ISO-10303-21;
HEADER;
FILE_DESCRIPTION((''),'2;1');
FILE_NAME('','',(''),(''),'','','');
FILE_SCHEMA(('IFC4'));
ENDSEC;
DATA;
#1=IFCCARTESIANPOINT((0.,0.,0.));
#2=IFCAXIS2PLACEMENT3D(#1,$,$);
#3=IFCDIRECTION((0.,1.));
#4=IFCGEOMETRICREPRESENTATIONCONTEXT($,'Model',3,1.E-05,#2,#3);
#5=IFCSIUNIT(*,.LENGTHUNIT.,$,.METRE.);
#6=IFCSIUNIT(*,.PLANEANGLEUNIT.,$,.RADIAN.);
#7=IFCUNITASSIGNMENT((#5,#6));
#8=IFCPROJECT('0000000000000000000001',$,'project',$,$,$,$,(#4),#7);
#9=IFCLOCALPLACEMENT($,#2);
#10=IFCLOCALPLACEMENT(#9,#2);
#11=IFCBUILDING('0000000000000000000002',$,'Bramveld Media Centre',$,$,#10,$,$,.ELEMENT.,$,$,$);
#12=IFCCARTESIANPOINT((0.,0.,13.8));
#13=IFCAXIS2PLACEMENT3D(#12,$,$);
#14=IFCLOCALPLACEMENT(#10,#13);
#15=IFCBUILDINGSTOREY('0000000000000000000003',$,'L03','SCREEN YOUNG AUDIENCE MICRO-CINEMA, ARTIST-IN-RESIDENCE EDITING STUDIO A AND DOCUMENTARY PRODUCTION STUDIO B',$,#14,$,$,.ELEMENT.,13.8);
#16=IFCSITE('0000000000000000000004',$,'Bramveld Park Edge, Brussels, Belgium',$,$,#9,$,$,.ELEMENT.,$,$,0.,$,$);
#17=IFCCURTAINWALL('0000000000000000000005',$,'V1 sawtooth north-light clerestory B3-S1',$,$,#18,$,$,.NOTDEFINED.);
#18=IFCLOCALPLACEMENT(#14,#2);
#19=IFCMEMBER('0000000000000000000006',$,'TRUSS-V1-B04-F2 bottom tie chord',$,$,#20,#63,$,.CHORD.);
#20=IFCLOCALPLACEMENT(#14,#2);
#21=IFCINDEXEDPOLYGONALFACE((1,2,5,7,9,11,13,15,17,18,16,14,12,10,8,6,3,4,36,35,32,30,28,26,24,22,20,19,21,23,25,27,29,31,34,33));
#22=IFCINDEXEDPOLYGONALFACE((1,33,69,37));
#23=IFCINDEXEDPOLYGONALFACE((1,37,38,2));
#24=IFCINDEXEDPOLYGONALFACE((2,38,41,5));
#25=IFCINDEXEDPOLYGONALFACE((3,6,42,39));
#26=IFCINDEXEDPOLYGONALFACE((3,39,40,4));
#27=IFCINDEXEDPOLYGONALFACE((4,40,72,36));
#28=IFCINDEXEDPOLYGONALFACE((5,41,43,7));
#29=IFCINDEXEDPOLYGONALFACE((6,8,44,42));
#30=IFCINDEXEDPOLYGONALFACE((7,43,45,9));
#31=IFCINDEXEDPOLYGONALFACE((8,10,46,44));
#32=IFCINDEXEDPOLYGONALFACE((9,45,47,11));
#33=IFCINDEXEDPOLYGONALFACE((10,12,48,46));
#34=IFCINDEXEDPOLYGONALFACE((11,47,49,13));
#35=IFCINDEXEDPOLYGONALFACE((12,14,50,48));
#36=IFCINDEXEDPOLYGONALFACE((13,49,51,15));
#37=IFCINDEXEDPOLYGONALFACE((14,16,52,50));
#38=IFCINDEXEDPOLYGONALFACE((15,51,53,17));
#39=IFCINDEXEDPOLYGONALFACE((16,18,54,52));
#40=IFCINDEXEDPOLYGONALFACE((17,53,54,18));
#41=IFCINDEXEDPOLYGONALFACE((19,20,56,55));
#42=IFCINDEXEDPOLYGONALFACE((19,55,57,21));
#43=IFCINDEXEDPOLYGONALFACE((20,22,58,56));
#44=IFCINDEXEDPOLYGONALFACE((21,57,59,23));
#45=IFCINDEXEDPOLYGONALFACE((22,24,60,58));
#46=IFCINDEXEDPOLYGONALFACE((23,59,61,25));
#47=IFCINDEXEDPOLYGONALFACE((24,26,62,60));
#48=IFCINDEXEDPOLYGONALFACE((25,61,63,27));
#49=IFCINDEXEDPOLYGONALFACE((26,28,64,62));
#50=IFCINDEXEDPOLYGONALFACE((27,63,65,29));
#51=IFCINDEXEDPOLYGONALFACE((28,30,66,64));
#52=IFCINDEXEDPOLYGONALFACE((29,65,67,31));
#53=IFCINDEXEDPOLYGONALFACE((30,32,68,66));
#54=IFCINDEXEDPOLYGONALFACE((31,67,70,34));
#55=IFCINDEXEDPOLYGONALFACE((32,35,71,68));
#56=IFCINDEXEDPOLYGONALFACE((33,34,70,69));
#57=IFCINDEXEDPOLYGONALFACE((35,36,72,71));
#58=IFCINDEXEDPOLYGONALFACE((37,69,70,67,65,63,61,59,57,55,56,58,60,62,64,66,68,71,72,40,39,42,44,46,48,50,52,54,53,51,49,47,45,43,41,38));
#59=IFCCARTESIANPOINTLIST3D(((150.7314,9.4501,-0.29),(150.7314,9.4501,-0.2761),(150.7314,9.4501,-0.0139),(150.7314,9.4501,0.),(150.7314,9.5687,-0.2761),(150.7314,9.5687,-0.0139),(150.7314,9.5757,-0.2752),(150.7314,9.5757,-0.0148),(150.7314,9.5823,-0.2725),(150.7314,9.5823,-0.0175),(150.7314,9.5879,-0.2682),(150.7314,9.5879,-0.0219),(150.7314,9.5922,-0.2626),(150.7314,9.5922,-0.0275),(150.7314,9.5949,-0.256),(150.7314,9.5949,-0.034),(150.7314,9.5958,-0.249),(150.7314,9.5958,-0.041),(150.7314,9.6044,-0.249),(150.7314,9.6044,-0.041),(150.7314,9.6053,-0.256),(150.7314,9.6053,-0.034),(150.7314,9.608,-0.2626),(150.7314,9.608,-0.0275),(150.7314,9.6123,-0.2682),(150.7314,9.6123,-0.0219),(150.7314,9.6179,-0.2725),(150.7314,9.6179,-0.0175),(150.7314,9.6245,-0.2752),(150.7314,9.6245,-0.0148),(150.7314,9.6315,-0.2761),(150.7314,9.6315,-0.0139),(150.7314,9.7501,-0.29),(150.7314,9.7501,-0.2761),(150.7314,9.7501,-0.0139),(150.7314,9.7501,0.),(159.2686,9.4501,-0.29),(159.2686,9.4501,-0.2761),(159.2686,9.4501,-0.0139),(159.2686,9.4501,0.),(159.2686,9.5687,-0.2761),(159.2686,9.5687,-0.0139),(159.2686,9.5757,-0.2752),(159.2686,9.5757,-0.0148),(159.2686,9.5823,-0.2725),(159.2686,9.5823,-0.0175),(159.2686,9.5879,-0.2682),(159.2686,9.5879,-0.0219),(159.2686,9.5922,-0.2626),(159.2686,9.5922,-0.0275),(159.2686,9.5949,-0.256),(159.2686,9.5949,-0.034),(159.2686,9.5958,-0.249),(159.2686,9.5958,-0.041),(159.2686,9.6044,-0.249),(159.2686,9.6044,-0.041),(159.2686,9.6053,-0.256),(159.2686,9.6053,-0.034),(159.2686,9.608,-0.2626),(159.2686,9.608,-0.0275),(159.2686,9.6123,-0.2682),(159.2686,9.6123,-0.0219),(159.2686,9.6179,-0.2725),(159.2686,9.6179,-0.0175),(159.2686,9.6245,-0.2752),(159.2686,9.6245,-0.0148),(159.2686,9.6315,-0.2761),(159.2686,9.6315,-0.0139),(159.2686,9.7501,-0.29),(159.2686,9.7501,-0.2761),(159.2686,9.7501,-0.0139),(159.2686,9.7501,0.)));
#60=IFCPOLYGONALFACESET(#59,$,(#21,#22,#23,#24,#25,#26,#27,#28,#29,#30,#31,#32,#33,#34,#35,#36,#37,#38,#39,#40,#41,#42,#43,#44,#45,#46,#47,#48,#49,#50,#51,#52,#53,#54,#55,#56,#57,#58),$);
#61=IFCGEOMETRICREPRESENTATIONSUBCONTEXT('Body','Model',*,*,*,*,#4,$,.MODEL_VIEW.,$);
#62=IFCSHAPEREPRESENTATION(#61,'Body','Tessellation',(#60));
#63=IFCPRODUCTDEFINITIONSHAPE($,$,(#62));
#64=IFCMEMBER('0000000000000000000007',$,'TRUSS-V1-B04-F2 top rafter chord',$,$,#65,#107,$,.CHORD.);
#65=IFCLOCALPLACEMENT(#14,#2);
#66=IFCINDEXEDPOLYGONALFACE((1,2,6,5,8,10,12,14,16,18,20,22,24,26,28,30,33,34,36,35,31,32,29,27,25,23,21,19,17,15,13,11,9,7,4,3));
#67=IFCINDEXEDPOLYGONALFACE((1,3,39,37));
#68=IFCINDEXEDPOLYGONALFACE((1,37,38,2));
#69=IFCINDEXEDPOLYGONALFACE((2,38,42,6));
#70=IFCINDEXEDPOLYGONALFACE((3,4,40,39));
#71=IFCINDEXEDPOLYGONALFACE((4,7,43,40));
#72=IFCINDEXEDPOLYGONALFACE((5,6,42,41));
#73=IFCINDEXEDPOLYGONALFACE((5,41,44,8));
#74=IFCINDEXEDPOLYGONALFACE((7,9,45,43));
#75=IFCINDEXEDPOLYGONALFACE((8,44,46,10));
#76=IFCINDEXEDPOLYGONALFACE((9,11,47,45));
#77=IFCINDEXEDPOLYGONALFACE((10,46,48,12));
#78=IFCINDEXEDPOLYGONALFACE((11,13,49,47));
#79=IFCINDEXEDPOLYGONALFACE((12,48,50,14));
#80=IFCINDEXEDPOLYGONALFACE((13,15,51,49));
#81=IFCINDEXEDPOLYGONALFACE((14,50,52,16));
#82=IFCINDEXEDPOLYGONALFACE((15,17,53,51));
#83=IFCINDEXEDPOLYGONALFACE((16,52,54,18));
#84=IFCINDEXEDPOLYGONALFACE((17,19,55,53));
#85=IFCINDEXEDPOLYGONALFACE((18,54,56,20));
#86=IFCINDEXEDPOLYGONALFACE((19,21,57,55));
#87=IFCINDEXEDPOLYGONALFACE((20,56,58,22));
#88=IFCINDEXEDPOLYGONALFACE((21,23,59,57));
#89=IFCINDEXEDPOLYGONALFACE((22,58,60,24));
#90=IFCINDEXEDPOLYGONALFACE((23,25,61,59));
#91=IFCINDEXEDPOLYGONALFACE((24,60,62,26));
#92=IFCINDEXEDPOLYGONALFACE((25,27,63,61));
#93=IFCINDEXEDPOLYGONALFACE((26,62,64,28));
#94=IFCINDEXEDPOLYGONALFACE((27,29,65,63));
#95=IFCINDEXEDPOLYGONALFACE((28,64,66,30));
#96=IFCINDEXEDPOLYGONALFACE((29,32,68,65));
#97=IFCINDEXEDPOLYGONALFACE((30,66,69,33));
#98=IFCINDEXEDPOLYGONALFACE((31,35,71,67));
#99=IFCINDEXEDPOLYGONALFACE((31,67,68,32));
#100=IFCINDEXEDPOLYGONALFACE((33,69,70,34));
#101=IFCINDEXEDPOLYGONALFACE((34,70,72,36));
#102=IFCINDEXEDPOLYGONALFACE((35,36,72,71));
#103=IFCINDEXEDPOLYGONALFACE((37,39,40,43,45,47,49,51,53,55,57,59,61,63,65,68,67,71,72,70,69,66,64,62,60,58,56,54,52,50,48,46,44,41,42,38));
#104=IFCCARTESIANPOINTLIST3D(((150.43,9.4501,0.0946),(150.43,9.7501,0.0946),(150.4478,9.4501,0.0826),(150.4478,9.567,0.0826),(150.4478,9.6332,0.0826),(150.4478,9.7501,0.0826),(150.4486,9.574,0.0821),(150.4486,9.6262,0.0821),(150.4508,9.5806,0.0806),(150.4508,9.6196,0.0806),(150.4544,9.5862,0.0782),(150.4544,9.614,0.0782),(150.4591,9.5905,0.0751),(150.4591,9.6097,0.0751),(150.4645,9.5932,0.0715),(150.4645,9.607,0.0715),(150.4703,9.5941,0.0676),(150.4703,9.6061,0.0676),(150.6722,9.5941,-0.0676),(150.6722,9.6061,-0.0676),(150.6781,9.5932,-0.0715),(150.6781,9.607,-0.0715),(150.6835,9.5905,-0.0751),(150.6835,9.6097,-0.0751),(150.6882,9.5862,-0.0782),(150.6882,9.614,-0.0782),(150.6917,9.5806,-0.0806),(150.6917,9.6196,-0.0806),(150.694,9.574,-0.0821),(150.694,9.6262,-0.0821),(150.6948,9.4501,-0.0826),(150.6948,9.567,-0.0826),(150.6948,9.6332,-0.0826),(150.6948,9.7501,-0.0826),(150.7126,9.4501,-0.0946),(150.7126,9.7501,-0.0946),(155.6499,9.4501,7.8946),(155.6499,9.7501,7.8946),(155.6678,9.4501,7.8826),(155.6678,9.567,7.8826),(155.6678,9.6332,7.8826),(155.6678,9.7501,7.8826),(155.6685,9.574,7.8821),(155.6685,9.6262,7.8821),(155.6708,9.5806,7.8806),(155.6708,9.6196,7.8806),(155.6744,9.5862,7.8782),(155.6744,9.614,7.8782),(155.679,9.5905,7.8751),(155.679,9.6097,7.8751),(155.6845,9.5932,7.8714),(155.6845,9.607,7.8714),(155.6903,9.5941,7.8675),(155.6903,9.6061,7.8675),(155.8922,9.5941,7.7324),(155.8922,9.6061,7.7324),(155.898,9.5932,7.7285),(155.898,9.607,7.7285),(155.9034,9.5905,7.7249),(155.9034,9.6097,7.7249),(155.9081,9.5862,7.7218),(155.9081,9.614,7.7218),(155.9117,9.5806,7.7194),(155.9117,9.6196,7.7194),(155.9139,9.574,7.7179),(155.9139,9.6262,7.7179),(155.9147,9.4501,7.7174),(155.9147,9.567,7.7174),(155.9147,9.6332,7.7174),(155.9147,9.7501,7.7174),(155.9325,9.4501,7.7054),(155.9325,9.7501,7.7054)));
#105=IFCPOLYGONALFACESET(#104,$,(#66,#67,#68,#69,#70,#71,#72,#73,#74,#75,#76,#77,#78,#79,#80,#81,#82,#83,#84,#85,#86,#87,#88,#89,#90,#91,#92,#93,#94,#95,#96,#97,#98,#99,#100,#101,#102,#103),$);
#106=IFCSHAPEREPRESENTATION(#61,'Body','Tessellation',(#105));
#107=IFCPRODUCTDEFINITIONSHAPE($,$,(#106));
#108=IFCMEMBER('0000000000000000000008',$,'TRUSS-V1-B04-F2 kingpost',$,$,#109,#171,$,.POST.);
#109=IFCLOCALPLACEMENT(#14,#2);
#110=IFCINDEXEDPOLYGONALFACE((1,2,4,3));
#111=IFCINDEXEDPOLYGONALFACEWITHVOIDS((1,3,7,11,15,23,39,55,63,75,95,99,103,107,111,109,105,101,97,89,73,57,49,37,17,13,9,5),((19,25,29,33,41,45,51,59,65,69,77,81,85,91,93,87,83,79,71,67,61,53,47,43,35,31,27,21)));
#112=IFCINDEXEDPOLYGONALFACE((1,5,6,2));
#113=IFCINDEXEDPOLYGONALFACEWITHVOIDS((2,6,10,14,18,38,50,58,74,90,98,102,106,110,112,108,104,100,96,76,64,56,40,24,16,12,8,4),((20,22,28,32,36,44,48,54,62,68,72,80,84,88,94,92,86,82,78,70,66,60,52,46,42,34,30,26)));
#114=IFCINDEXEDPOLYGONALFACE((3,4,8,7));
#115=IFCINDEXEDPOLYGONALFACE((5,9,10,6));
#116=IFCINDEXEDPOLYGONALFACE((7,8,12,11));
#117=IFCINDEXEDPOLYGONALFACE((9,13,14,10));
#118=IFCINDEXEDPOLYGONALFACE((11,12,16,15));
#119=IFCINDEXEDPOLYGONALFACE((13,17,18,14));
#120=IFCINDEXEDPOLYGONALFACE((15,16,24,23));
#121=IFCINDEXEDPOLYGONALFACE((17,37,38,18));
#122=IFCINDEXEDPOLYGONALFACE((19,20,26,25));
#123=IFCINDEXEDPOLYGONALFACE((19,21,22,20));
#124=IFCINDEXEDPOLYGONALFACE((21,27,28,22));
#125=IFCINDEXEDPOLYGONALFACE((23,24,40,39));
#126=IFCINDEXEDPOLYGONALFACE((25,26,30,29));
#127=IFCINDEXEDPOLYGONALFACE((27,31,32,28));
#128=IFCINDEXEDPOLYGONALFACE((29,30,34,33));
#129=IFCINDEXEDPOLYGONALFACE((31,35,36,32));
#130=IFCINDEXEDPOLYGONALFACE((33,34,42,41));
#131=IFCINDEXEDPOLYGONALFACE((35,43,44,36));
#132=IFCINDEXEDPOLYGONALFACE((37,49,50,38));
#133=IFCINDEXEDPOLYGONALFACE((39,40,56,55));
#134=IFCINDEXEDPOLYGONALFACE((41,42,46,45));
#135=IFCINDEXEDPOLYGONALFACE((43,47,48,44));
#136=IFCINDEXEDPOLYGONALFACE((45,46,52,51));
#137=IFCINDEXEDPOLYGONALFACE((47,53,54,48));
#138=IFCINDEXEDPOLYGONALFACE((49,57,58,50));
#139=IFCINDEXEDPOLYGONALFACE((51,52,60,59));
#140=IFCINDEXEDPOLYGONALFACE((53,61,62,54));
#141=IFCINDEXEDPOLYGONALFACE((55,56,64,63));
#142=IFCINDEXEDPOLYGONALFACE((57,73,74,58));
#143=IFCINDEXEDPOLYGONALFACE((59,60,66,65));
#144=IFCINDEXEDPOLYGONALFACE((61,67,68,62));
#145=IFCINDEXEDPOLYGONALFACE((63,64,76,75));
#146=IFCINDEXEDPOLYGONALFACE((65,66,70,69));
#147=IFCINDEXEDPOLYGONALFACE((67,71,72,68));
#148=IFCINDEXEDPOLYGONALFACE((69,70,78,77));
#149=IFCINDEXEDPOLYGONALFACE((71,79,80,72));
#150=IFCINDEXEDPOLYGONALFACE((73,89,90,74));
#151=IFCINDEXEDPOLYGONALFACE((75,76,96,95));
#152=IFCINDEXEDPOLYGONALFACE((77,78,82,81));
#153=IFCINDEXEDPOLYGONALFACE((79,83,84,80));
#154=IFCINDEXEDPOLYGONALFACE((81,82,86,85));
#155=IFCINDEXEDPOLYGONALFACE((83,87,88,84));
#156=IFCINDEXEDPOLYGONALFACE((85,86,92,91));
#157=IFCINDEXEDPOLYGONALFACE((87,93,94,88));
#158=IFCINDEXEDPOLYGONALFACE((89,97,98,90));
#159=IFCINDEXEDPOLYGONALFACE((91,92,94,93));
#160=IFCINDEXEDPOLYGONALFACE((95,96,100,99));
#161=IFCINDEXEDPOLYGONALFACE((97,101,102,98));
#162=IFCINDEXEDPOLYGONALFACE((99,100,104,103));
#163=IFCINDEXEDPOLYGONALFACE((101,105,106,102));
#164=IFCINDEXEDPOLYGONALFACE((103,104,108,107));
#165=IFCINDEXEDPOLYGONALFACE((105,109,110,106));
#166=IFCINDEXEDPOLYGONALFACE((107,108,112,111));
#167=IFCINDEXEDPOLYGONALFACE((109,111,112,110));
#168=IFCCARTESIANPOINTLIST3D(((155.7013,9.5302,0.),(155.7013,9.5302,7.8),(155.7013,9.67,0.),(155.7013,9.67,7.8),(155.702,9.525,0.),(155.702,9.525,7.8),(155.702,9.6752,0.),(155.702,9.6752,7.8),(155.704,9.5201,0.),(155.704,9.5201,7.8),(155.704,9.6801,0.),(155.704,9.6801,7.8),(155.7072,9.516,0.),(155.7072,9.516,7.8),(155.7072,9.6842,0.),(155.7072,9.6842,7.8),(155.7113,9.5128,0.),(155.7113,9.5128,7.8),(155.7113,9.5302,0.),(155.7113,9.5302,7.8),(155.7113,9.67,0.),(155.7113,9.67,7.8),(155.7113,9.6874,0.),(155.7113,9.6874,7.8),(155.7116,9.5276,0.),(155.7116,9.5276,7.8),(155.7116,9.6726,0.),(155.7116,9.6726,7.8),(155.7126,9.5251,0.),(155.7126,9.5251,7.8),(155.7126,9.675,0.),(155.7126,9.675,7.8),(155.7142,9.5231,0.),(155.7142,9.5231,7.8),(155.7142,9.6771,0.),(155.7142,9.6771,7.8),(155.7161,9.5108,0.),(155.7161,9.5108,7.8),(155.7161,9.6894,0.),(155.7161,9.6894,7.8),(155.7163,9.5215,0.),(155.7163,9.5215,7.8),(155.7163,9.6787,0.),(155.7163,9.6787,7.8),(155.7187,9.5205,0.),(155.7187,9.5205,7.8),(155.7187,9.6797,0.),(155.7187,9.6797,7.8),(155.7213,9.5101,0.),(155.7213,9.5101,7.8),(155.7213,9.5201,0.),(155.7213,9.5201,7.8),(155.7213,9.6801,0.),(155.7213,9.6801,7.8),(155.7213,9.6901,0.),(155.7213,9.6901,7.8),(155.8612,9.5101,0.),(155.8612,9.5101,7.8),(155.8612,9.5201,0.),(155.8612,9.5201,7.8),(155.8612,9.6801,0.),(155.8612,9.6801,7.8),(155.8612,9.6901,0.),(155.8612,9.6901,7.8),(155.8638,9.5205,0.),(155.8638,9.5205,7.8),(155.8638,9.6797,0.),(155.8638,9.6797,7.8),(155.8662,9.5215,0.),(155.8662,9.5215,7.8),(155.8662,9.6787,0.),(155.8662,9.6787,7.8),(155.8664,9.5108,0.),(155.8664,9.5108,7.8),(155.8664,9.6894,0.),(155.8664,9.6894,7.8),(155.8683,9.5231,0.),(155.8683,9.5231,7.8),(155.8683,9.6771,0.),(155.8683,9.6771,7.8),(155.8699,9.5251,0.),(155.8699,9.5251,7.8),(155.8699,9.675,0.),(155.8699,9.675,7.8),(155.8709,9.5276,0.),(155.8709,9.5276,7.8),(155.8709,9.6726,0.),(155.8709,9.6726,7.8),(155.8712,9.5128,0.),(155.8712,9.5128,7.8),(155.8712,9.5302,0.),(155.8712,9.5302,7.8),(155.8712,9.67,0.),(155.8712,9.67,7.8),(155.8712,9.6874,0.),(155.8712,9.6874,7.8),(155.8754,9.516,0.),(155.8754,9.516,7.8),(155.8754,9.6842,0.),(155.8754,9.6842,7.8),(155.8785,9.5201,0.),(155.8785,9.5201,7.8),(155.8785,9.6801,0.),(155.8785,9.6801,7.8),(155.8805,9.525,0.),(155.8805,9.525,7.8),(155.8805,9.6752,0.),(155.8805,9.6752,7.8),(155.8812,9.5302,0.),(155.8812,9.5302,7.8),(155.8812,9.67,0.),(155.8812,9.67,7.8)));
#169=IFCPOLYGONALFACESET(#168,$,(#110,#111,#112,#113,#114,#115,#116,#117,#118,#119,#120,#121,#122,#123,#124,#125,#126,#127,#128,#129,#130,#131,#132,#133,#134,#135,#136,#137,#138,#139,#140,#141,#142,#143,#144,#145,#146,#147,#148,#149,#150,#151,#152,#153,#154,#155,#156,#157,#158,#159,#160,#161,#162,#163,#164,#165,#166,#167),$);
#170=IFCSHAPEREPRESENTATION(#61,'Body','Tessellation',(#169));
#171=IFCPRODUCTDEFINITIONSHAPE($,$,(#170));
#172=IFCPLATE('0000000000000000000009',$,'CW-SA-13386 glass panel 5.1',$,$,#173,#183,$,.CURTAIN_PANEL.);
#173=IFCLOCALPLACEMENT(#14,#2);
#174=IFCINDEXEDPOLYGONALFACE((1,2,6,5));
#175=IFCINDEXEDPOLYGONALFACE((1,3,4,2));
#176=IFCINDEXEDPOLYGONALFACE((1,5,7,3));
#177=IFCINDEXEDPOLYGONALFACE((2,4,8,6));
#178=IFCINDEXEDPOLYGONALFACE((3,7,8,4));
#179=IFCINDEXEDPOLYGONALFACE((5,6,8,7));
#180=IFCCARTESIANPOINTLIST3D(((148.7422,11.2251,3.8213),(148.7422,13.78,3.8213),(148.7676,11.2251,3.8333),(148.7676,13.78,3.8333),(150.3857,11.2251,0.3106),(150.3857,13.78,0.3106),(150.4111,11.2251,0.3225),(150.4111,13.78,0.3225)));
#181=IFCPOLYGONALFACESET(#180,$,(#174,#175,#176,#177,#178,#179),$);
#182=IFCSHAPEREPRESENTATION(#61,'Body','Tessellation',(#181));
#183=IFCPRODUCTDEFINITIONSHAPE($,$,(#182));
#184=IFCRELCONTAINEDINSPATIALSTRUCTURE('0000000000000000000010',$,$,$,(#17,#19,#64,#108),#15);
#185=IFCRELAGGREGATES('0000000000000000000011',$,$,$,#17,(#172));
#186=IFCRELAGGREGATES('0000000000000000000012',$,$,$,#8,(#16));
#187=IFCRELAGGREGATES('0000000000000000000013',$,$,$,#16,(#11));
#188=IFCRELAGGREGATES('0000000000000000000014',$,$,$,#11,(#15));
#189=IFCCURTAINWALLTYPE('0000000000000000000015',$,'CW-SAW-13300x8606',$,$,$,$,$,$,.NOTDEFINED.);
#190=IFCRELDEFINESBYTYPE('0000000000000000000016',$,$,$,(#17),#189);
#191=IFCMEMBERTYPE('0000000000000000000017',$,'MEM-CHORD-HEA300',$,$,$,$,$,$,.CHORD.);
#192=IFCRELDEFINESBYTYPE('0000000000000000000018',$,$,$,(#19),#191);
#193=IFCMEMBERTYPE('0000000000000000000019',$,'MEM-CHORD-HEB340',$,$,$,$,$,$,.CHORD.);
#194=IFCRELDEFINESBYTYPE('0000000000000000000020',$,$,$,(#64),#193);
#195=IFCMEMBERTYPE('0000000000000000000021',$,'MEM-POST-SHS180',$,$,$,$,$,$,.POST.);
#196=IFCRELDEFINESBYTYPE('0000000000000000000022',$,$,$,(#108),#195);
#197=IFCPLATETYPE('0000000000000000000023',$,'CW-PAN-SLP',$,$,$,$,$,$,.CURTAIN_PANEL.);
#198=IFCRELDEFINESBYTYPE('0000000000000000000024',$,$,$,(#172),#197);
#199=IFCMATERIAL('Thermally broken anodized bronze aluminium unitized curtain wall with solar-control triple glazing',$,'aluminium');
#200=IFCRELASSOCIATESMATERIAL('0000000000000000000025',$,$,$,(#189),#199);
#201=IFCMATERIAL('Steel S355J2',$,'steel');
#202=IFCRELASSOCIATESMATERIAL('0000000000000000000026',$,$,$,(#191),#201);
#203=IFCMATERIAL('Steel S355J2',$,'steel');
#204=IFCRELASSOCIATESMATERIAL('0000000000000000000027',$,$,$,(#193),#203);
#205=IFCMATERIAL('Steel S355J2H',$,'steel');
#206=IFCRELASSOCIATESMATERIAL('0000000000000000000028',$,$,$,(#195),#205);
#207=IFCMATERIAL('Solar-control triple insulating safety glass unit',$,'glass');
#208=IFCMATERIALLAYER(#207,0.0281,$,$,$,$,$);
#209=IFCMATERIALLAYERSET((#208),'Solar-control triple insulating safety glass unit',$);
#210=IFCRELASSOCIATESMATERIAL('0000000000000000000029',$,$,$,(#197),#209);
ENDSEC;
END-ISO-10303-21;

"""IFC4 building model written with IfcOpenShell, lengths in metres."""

from ifc_helpers import new_model, si_unit, direction, frame, origin, origin_2d, place, context, subcontext, project, spatial, polyline, hollow_rectangle, i_section, outline, extrude, material, layer, layer_set, material_profile, profile_set, type_object, element, aggregate, save


model = new_model("IFC4")

# Units and contexts
model_context = context("Model", 3, precision=1e-05, world=origin(), true_north=direction((0.0, 1.0)))
body_context = subcontext(model_context, "Body", "Model", "MODEL_VIEW")
ifc_project = project(units=[si_unit("LENGTHUNIT", "METRE"), si_unit("PLANEANGLEUNIT", "RADIAN")], contexts=[model_context])

# Site, building, storey
site_placement = place(None, origin())
site = spatial("IfcSite", under=ifc_project, at=site_placement, Name="Bramveld Park Edge, Brussels, Belgium", CompositionType="ELEMENT", RefElevation=0.0)
building_placement = place(site_placement, origin())
building = spatial("IfcBuilding", under=site, at=building_placement, Name="Bramveld Media Centre", CompositionType="ELEMENT")
storey_placement = place(building_placement, frame((0.0, 0.0, 13.8)))
storey = spatial("IfcBuildingStorey", under=building, at=storey_placement, Name="L03", Description="SCREEN YOUNG AUDIENCE MICRO-CINEMA, ARTIST-IN-RESIDENCE EDITING STUDIO A AND DOCUMENTARY PRODUCTION STUDIO B", CompositionType="ELEMENT", Elevation=13.8)

# Curtain wall
ifc_material_1 = material(Name="Thermally broken anodized bronze aluminium unitized curtain wall with solar-control triple glazing", Category="aluminium")
curtain_wall_type = type_object("IfcCurtainWallType", Name="CW-SAW-13300x8606", PredefinedType="NOTDEFINED", material=ifc_material_1)
curtain_wall_1_placement = place(storey_placement, origin())
curtain_wall_1 = element("IfcCurtainWall", 1, at=curtain_wall_1_placement, inside=storey, type_object=curtain_wall_type, Name="V1 sawtooth north-light clerestory B3-S1", PredefinedType="NOTDEFINED")

# Members
ifc_material_2 = material(Name="Steel S355J2", Category="steel")
ifc_material_profile_1 = material_profile(ifc_material_2, i_section(OverallWidth=0.3, OverallDepth=0.29, WebThickness=0.0085, FlangeThickness=0.0139, FilletRadius=0.0271, at=origin_2d()), Name="HEA 300")
ifc_profile_set_1 = profile_set([ifc_material_profile_1], Name="Steel S355J2")
member_type_1 = type_object("IfcMemberType", Name="MEM-CHORD-HEA300", PredefinedType="CHORD", material=ifc_profile_set_1)
member_1_placement = place(storey_placement, frame((150.7314, 9.6001, -0.145), z_axis=(1.0, 0.0, 0.0), x_axis=(0.0, 1.0, 0.0)))
element("IfcMember", 2, at=member_1_placement, inside=storey, type_object=member_type_1, Name="TRUSS-V1-B04-F2 bottom tie chord", PredefinedType="CHORD", context=body_context, shape_type="SweptSolid", body=[
    extrude(i_section(OverallWidth=0.3, OverallDepth=0.29, WebThickness=0.0085, FlangeThickness=0.0139, FilletRadius=0.0271, at=origin_2d()), origin(), (0.0, 0.0, 1.0), 8.5371),
])
ifc_material_3 = material(Name="Steel S355J2", Category="steel")
ifc_material_profile_2 = material_profile(ifc_material_3, i_section(OverallWidth=0.3, OverallDepth=0.3401, WebThickness=0.012, FlangeThickness=0.0215, FilletRadius=0.0271, at=origin_2d()), Name="HEB 340")
ifc_profile_set_2 = profile_set([ifc_material_profile_2], Name="Steel S355J2")
member_type_2 = type_object("IfcMemberType", Name="MEM-CHORD-HEB340", PredefinedType="CHORD", material=ifc_profile_set_2)
member_2_placement = place(storey_placement, frame((150.5713, 9.6001, 0.0), z_axis=(0.55617, 0.0, 0.831069), x_axis=(0.0, 1.0, 0.0)))
element("IfcMember", 3, at=member_2_placement, inside=storey, type_object=member_type_2, Name="TRUSS-V1-B04-F2 top rafter chord", PredefinedType="CHORD", context=body_context, shape_type="SweptSolid", body=[
    extrude(i_section(OverallWidth=0.3, OverallDepth=0.3401, WebThickness=0.012, FlangeThickness=0.0215, FilletRadius=0.0271, at=origin_2d()), origin(), (0.0, 0.0, 1.0), 9.3855),
])
ifc_material_4 = material(Name="Steel S355J2H", Category="steel")
ifc_material_profile_3 = material_profile(ifc_material_4, hollow_rectangle(XDim=0.1799, YDim=0.1799, WallThickness=0.01, InnerFilletRadius=0.01, OuterFilletRadius=0.02, at=origin_2d()), Name="SHS 180x180x10")
ifc_profile_set_3 = profile_set([ifc_material_profile_3], Name="Steel S355J2H")
member_type_3 = type_object("IfcMemberType", Name="MEM-POST-SHS180", PredefinedType="POST", material=ifc_profile_set_3)
member_3_placement = place(storey_placement, frame((155.7913, 9.6001, 0.0), z_axis=(0.0, 0.0, 1.0), x_axis=(1.0, 0.0, 0.0)))
element("IfcMember", 4, at=member_3_placement, inside=storey, type_object=member_type_3, Name="TRUSS-V1-B04-F2 kingpost", PredefinedType="POST", context=body_context, shape_type="SweptSolid", body=[
    extrude(hollow_rectangle(XDim=0.1799, YDim=0.1799, WallThickness=0.01, InnerFilletRadius=0.01, OuterFilletRadius=0.02, at=origin_2d()), origin(), (0.0, 0.0, 1.0), 7.8),
])

# Plate
ifc_material_5 = material(Name="Solar-control triple insulating safety glass unit", Category="glass")
ifc_layer_1 = layer(ifc_material_5, 0.0281)
ifc_layer_set_1 = layer_set([ifc_layer_1], Name="Solar-control triple insulating safety glass unit")
plate_type_1 = type_object("IfcPlateType", Name="CW-PAN-SLP", PredefinedType="CURTAIN_PANEL", material=ifc_layer_set_1)
plate_1_placement = place(storey_placement, frame((150.4111, 11.2251, 0.3225), z_axis=(0.905668, 0.0, 0.423988), x_axis=(0.0, 1.0, 0.0)))
plate_1 = element("IfcPlate", 5, at=plate_1_placement, type_object=plate_type_1, Name="CW-SA-13386 glass panel 5.1", PredefinedType="CURTAIN_PANEL", context=body_context, shape_type="SweptSolid", body=[
    extrude(outline(polyline([(0.0, 0.0), (2.5549, 0.0), (2.5549, 3.8764), (0.0, 3.8764), (0.0, 0.0)])), origin(), (0.0, 0.0, -1.0), 0.0281),
])
aggregate(curtain_wall_1, [plate_1])

save(model, "model.ifc")
